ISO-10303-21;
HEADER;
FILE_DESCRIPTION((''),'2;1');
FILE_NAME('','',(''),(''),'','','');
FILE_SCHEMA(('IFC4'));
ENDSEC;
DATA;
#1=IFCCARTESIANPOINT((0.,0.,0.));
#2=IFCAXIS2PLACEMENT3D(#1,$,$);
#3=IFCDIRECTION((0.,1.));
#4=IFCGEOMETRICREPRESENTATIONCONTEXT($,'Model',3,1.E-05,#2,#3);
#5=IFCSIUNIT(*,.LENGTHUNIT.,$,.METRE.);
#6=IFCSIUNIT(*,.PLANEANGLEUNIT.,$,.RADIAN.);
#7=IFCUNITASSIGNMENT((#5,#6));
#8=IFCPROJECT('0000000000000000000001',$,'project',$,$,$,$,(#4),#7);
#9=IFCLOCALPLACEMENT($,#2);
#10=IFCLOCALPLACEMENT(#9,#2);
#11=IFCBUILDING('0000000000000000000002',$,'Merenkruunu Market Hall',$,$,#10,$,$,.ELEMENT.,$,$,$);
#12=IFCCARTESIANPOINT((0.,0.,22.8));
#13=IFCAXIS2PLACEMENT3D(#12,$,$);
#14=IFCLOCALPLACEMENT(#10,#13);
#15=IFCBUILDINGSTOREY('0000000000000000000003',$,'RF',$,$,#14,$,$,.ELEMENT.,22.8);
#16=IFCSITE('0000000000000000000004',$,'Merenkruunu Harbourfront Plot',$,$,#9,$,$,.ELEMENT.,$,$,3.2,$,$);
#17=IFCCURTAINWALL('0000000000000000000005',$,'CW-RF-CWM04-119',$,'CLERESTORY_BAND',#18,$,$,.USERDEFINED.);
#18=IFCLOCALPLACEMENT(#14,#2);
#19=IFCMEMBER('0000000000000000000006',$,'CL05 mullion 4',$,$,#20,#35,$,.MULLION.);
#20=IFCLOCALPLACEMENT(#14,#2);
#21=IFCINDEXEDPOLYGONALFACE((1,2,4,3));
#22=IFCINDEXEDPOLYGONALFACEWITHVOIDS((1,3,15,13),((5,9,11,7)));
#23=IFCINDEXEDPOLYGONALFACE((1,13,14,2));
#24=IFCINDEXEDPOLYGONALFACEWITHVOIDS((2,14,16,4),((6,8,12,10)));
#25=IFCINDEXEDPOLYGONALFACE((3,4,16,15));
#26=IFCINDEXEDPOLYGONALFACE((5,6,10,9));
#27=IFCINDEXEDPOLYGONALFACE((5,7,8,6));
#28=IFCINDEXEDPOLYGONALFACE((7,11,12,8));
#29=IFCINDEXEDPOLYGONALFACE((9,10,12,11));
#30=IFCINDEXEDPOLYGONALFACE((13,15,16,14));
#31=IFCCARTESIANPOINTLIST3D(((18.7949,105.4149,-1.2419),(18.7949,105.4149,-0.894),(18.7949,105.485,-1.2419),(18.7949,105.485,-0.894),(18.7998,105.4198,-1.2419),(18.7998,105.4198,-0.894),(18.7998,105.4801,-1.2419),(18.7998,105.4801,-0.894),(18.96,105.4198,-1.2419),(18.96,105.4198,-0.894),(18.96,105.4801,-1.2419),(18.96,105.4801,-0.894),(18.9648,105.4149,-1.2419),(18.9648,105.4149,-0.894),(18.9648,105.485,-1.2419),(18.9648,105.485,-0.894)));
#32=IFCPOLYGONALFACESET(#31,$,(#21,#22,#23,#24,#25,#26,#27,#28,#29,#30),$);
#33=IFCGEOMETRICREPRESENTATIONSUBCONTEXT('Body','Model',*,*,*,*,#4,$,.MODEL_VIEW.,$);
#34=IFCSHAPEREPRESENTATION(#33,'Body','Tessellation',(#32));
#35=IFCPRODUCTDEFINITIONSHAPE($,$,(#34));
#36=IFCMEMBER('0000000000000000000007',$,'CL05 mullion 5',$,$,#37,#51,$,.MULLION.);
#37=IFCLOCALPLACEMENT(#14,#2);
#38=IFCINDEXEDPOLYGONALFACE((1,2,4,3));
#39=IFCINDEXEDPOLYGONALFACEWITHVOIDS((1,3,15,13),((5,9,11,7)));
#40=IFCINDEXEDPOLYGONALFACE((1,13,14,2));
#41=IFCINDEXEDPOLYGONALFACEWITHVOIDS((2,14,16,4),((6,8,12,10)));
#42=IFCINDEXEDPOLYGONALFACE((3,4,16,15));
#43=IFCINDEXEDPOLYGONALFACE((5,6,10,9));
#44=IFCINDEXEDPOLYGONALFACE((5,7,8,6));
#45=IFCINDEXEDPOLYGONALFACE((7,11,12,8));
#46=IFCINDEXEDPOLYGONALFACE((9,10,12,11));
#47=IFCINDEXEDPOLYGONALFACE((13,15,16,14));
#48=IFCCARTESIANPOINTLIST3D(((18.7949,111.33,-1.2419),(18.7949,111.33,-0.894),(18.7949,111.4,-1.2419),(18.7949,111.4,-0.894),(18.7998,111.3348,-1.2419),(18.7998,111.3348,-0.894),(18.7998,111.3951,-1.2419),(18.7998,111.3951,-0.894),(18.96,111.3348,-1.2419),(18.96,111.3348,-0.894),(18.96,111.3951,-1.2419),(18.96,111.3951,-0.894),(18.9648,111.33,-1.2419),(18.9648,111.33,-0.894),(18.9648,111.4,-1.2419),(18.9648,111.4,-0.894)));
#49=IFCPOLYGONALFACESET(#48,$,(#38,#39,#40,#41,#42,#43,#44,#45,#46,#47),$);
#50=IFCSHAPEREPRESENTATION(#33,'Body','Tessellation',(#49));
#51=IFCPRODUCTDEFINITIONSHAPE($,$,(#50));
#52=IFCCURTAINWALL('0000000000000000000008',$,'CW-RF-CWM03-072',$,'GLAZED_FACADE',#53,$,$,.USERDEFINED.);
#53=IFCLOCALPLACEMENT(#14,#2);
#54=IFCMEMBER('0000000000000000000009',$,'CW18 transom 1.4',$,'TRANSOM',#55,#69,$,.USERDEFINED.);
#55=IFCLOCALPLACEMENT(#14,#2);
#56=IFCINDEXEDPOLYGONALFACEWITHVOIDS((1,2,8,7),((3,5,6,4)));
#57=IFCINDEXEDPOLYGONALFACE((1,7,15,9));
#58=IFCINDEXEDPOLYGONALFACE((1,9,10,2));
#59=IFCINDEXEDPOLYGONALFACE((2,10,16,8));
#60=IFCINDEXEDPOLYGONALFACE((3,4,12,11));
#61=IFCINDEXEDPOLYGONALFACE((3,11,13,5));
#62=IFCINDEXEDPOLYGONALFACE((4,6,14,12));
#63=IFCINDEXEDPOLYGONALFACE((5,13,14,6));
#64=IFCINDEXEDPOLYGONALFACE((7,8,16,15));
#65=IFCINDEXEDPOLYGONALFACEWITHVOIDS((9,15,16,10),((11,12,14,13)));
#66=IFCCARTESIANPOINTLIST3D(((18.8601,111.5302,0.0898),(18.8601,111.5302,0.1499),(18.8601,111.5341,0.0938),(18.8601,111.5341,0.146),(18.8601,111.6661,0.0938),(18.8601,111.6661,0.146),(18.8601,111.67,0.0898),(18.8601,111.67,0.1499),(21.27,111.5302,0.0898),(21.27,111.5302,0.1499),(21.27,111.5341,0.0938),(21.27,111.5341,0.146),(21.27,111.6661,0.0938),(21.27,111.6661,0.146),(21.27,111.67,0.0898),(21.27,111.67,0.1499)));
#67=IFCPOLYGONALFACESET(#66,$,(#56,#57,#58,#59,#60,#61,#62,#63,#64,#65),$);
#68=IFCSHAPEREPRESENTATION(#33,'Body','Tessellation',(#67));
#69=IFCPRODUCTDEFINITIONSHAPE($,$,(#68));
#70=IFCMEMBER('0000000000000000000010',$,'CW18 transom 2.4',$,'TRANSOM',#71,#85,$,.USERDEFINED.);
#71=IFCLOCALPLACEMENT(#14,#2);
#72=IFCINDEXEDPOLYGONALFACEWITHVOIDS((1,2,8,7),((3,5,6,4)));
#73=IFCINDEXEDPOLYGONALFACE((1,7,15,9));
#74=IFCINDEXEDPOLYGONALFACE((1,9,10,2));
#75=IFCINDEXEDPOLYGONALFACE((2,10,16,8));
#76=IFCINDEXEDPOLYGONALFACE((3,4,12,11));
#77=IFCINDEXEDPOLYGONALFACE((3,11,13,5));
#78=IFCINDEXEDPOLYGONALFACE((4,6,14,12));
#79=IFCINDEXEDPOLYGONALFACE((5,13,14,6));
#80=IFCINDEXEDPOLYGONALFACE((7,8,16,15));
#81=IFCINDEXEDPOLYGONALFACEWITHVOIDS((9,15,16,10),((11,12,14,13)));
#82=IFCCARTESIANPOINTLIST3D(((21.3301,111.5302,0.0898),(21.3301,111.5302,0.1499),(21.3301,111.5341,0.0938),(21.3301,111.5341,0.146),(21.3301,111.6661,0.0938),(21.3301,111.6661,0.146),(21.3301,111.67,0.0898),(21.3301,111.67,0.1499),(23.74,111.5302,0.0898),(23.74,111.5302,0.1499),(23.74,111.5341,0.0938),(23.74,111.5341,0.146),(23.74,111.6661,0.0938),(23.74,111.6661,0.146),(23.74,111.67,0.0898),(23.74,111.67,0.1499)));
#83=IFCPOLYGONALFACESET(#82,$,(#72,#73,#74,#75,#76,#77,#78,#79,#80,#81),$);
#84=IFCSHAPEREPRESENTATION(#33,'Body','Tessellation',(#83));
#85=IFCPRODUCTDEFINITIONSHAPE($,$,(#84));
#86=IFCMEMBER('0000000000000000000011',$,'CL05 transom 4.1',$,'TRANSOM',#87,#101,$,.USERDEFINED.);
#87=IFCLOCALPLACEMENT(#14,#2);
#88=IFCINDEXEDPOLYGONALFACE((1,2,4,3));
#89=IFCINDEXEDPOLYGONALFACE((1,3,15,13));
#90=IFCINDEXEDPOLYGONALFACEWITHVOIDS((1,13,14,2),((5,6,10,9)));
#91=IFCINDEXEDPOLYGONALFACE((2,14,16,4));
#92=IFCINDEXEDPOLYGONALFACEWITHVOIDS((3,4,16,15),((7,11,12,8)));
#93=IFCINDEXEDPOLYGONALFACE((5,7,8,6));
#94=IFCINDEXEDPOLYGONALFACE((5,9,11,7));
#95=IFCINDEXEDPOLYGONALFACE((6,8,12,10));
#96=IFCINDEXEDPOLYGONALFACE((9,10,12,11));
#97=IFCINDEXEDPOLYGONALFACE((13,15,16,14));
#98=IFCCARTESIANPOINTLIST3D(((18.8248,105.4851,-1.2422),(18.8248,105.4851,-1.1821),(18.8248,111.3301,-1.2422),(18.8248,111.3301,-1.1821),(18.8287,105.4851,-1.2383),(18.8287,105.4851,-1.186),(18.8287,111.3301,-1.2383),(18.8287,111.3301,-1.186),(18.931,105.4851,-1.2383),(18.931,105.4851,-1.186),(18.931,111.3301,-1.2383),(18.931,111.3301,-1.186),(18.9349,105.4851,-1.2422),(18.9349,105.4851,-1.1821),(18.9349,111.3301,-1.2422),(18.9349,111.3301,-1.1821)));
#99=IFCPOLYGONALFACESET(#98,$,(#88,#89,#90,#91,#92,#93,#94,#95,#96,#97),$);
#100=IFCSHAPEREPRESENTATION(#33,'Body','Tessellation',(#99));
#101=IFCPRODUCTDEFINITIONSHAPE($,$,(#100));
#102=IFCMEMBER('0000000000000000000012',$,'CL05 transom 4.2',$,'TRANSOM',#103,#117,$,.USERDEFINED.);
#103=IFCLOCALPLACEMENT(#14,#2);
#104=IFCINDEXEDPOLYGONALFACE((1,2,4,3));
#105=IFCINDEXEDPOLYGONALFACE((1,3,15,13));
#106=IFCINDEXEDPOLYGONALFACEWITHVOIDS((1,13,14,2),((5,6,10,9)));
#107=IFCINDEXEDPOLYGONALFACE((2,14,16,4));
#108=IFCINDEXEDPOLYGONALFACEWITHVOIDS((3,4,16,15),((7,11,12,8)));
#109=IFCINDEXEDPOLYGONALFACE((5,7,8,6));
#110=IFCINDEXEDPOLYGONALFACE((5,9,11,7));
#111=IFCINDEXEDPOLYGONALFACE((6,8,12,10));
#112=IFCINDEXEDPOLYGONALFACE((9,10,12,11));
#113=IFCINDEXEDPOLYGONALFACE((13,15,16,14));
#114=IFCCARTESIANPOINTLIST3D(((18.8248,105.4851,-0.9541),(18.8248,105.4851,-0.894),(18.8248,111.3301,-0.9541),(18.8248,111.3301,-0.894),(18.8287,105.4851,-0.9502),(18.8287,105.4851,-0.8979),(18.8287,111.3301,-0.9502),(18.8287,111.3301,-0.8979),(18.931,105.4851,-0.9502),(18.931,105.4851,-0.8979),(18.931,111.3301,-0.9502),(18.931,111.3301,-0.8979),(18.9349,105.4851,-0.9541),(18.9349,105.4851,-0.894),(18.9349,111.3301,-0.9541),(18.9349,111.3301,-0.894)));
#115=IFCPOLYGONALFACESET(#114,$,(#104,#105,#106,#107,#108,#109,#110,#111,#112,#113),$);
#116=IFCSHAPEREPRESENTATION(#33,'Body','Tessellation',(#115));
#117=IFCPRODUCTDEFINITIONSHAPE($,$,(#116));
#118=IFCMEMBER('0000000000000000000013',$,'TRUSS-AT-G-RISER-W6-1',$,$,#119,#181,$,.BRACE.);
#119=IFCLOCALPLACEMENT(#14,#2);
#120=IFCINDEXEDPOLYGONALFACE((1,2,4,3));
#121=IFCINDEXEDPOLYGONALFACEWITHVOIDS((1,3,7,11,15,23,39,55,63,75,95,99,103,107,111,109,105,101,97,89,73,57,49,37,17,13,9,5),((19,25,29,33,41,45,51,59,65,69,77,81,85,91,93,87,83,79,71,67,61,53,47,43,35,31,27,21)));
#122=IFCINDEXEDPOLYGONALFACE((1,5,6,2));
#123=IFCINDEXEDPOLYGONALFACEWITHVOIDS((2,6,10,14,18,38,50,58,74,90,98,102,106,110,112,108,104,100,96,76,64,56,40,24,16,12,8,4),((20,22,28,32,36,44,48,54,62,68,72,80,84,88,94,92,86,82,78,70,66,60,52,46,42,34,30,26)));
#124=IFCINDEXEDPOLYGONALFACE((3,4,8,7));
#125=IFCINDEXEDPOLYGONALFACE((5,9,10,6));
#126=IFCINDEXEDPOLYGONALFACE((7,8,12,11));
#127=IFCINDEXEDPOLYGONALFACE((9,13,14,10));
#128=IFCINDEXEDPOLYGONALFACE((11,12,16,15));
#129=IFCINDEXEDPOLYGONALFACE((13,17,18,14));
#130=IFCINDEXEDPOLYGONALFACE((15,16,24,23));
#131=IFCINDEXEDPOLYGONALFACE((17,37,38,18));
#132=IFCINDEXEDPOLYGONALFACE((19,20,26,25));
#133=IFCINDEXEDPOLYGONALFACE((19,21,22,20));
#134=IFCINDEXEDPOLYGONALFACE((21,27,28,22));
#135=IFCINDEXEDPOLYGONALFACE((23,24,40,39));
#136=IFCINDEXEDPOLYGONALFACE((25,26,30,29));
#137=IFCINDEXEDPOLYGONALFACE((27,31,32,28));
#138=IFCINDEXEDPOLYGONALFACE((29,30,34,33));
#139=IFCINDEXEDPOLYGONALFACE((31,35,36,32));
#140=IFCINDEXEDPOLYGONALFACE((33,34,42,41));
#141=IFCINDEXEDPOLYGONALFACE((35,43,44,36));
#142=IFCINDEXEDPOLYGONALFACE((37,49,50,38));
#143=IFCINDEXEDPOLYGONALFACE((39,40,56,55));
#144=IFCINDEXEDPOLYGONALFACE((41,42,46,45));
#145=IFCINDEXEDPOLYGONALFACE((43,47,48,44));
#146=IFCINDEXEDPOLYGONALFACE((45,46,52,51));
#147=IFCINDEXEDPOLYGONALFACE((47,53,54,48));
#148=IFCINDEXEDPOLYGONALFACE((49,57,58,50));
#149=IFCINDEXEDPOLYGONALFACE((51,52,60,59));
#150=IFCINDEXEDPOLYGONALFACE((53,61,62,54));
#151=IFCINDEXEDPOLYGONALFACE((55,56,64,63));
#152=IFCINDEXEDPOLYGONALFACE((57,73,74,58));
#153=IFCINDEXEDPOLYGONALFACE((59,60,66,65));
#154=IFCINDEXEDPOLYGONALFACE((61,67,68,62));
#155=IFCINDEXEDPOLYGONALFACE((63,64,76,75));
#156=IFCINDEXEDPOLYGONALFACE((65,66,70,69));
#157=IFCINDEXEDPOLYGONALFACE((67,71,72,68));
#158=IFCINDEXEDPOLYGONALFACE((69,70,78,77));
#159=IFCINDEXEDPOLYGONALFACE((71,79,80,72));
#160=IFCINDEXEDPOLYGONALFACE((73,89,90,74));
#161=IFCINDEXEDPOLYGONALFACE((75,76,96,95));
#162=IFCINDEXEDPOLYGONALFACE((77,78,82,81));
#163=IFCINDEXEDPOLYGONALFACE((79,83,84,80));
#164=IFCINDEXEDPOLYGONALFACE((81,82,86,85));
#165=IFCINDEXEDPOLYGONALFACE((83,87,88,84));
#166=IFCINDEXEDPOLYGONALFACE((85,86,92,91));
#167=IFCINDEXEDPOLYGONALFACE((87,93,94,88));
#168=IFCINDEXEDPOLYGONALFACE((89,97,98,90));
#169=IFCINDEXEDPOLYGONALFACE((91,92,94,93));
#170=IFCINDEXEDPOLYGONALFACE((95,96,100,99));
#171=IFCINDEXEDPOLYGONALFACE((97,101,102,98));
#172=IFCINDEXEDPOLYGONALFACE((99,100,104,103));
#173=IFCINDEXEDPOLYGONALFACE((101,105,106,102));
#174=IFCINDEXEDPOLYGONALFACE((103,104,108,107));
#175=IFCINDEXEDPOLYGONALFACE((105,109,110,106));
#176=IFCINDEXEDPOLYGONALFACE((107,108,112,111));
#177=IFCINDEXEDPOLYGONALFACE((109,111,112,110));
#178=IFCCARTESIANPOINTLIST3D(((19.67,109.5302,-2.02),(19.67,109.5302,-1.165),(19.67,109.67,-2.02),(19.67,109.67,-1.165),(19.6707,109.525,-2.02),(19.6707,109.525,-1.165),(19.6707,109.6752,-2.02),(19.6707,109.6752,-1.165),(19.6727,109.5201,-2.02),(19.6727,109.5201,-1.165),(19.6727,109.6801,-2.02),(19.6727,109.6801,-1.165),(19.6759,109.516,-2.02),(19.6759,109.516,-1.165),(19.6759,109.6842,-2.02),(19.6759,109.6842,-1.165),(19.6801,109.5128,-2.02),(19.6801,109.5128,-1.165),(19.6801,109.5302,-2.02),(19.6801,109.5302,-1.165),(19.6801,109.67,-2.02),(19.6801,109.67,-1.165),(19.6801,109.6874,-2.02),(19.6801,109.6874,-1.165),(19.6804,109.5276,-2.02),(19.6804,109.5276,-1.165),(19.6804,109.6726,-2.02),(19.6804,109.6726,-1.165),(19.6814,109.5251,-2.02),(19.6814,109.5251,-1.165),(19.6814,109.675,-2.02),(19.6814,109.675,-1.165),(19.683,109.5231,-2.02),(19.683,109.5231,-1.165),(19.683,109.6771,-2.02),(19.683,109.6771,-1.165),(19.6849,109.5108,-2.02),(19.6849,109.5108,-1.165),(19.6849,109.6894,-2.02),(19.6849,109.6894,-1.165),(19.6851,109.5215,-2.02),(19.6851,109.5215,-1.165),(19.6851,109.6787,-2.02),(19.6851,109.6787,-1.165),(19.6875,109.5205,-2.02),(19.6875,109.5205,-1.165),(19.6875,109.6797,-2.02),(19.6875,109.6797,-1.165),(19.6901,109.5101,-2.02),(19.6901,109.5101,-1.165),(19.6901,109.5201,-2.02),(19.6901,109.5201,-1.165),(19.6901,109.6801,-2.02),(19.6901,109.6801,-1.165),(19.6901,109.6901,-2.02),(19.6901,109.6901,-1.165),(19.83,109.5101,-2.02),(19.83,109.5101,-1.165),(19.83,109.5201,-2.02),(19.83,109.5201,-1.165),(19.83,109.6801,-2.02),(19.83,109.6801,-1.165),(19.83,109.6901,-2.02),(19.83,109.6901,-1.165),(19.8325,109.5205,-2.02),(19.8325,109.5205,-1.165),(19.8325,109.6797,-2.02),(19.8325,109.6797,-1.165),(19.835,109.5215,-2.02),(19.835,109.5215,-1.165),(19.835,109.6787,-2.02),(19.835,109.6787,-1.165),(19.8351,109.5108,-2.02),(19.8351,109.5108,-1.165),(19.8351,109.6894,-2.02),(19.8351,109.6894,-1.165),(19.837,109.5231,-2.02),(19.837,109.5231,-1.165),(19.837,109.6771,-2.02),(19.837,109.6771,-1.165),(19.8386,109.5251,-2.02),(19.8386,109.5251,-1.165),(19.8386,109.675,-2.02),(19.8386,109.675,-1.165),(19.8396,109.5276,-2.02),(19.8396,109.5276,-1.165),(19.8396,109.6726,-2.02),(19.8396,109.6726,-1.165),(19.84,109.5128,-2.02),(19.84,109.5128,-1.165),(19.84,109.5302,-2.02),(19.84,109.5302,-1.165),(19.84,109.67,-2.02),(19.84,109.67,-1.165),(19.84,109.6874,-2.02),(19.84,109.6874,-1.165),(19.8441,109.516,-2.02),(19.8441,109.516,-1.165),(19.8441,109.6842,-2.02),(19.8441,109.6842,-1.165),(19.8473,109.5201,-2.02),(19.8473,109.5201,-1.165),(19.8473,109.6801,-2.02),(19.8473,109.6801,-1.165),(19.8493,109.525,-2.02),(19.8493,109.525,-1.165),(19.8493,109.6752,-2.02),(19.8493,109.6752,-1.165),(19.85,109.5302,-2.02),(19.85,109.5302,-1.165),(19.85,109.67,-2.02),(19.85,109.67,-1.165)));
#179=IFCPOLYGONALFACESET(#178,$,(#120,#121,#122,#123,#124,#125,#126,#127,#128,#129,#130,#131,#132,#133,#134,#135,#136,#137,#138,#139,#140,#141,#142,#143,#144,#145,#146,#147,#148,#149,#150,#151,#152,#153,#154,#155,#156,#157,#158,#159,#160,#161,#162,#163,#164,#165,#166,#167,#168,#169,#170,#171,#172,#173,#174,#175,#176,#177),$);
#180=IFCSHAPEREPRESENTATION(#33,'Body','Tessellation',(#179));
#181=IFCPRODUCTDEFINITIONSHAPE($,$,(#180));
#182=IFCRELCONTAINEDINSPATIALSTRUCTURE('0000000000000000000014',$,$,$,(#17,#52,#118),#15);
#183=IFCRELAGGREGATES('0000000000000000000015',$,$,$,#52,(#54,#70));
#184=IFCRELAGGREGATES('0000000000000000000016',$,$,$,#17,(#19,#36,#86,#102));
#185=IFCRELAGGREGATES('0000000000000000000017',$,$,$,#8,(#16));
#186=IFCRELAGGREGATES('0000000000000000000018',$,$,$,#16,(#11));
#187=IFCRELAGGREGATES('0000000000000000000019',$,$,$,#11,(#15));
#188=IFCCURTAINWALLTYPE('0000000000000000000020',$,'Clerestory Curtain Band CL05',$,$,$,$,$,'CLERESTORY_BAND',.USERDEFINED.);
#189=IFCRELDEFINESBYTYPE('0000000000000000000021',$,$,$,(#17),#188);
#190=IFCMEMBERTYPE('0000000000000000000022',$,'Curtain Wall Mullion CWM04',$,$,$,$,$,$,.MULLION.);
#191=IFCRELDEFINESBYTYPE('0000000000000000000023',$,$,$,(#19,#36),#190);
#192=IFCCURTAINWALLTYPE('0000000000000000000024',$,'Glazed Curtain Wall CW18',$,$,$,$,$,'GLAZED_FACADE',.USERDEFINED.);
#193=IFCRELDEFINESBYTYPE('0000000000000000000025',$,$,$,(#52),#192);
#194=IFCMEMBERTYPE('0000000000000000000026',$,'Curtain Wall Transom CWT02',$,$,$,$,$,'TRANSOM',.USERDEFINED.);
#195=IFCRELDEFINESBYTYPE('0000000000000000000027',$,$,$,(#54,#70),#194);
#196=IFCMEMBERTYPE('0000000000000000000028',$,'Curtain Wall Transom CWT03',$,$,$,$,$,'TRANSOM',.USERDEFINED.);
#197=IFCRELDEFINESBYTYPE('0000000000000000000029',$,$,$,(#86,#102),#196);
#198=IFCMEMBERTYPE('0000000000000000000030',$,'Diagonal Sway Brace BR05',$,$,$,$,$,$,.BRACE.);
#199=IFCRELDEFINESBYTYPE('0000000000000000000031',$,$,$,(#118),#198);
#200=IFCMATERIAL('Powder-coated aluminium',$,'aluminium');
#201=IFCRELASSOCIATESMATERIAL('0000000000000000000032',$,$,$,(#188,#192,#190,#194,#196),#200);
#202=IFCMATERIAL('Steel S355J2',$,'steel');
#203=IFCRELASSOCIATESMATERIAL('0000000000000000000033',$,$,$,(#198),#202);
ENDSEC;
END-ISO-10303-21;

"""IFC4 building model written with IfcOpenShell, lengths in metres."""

from ifc_helpers import new_model, si_unit, direction, frame, origin, origin_2d, place, context, subcontext, project, spatial, hollow_rectangle, extrude, material, material_profile, profile_set, type_object, element, aggregate, save


model = new_model("IFC4")

# Units and contexts
model_context = context("Model", 3, precision=1e-05, world=origin(), true_north=direction((0.0, 1.0)))
body_context = subcontext(model_context, "Body", "Model", "MODEL_VIEW")
ifc_project = project(units=[si_unit("LENGTHUNIT", "METRE"), si_unit("PLANEANGLEUNIT", "RADIAN")], contexts=[model_context])

# Site, building, storey
site_placement = place(None, origin())
site = spatial("IfcSite", under=ifc_project, at=site_placement, Name="Merenkruunu Harbourfront Plot", CompositionType="ELEMENT", RefElevation=3.2)
building_placement = place(site_placement, origin())
building = spatial("IfcBuilding", under=site, at=building_placement, Name="Merenkruunu Market Hall", CompositionType="ELEMENT")
storey_placement = place(building_placement, frame((0.0, 0.0, 22.8)))
storey = spatial("IfcBuildingStorey", under=building, at=storey_placement, Name="RF", CompositionType="ELEMENT", Elevation=22.8)

# Curtain walls, members
ifc_material_1 = material(Name="Powder-coated aluminium", Category="aluminium")
curtain_wall_type_1 = type_object("IfcCurtainWallType", Name="Clerestory Curtain Band CL05", ElementType="CLERESTORY_BAND", PredefinedType="USERDEFINED", material=ifc_material_1)
curtain_wall_1_placement = place(storey_placement, origin())
curtain_wall_1 = element("IfcCurtainWall", 1, at=curtain_wall_1_placement, inside=storey, type_object=curtain_wall_type_1, Name="CW-RF-CWM04-119", ObjectType="CLERESTORY_BAND", PredefinedType="USERDEFINED")
ifc_material_profile_1 = material_profile(ifc_material_1, hollow_rectangle(XDim=0.0701, YDim=0.1699, WallThickness=0.0049, at=origin_2d()), Name="ALU 70x170x5")
ifc_profile_set_1 = profile_set([ifc_material_profile_1], Name="Powder-coated aluminium")
member_type_1 = type_object("IfcMemberType", Name="Curtain Wall Mullion CWM04", PredefinedType="MULLION", material=ifc_profile_set_1)
member_1_placement = place(storey_placement, frame((18.8799, 105.45, -1.2419), z_axis=(0.0, 0.0, 1.0), x_axis=(0.0, 1.0, 0.0)))
member_1 = element("IfcMember", 2, at=member_1_placement, type_object=member_type_1, Name="CL05 mullion 4", PredefinedType="MULLION", context=body_context, shape_type="SweptSolid", body=[
    extrude(hollow_rectangle(XDim=0.0701, YDim=0.1699, WallThickness=0.0049, at=origin_2d()), origin(), (0.0, 0.0, 1.0), 0.3479),
])
member_2_placement = place(storey_placement, frame((18.8799, 111.365, -1.2419), z_axis=(0.0, 0.0, 1.0), x_axis=(0.0, 1.0, 0.0)))
member_2 = element("IfcMember", 3, at=member_2_placement, type_object=member_type_1, Name="CL05 mullion 5", PredefinedType="MULLION", context=body_context, shape_type="SweptSolid", body=[
    extrude(hollow_rectangle(XDim=0.0701, YDim=0.1699, WallThickness=0.0049, at=origin_2d()), origin(), (0.0, 0.0, 1.0), 0.3479),
])
curtain_wall_type_2 = type_object("IfcCurtainWallType", Name="Glazed Curtain Wall CW18", ElementType="GLAZED_FACADE", PredefinedType="USERDEFINED", material=ifc_material_1)
curtain_wall_2_placement = place(storey_placement, origin())
curtain_wall_2 = element("IfcCurtainWall", 4, at=curtain_wall_2_placement, inside=storey, type_object=curtain_wall_type_2, Name="CW-RF-CWM03-072", ObjectType="GLAZED_FACADE", PredefinedType="USERDEFINED")
ifc_material_profile_2 = material_profile(ifc_material_1, hollow_rectangle(XDim=0.0601, YDim=0.1399, WallThickness=0.0039, at=origin_2d()), Name="ALU 60x140x4")
ifc_profile_set_2 = profile_set([ifc_material_profile_2], Name="Powder-coated aluminium")
member_type_2 = type_object("IfcMemberType", Name="Curtain Wall Transom CWT02", ElementType="TRANSOM", PredefinedType="USERDEFINED", material=ifc_profile_set_2)
member_3_placement = place(storey_placement, frame((18.8601, 111.6001, 0.1199), z_axis=(1.0, 0.0, 0.0), x_axis=(0.0, 0.0, 1.0)))
member_3 = element("IfcMember", 5, at=member_3_placement, type_object=member_type_2, Name="CW18 transom 1.4", ObjectType="TRANSOM", PredefinedType="USERDEFINED", context=body_context, shape_type="SweptSolid", body=[
    extrude(hollow_rectangle(XDim=0.0601, YDim=0.1399, WallThickness=0.0039, at=origin_2d()), origin(), (0.0, 0.0, 1.0), 2.4099),
])
member_4_placement = place(storey_placement, frame((21.3301, 111.6001, 0.1199), z_axis=(1.0, 0.0, 0.0), x_axis=(0.0, 0.0, 1.0)))
member_4 = element("IfcMember", 6, at=member_4_placement, type_object=member_type_2, Name="CW18 transom 2.4", ObjectType="TRANSOM", PredefinedType="USERDEFINED", context=body_context, shape_type="SweptSolid", body=[
    extrude(hollow_rectangle(XDim=0.0601, YDim=0.1399, WallThickness=0.0039, at=origin_2d()), origin(), (0.0, 0.0, 1.0), 2.4099),
])
aggregate(curtain_wall_2, [member_3, member_4])

# Members
ifc_material_profile_3 = material_profile(ifc_material_1, hollow_rectangle(XDim=0.0601, YDim=0.1101, WallThickness=0.0039, at=origin_2d()), Name="ALU 60x110x4")
ifc_profile_set_3 = profile_set([ifc_material_profile_3], Name="Powder-coated aluminium")
member_type_3 = type_object("IfcMemberType", Name="Curtain Wall Transom CWT03", ElementType="TRANSOM", PredefinedType="USERDEFINED", material=ifc_profile_set_3)
member_5_placement = place(storey_placement, frame((18.8799, 105.4851, -1.2122), z_axis=(0.0, 1.0, 0.0), x_axis=(0.0, 0.0, 1.0)))
member_5 = element("IfcMember", 7, at=member_5_placement, type_object=member_type_3, Name="CL05 transom 4.1", ObjectType="TRANSOM", PredefinedType="USERDEFINED", context=body_context, shape_type="SweptSolid", body=[
    extrude(hollow_rectangle(XDim=0.0601, YDim=0.1101, WallThickness=0.0039, at=origin_2d()), origin(), (0.0, 0.0, 1.0), 5.845),
])
member_6_placement = place(storey_placement, frame((18.8799, 105.4851, -0.9241), z_axis=(0.0, 1.0, 0.0), x_axis=(0.0, 0.0, 1.0)))
member_6 = element("IfcMember", 8, at=member_6_placement, type_object=member_type_3, Name="CL05 transom 4.2", ObjectType="TRANSOM", PredefinedType="USERDEFINED", context=body_context, shape_type="SweptSolid", body=[
    extrude(hollow_rectangle(XDim=0.0601, YDim=0.1101, WallThickness=0.0039, at=origin_2d()), origin(), (0.0, 0.0, 1.0), 5.845),
])

# Member
ifc_material_2 = material(Name="Steel S355J2", Category="steel")
ifc_material_profile_4 = material_profile(ifc_material_2, hollow_rectangle(XDim=0.1799, YDim=0.1799, WallThickness=0.01, InnerFilletRadius=0.01, OuterFilletRadius=0.02, at=origin_2d()), Name="SHS 180x180x10")
ifc_profile_set_4 = profile_set([ifc_material_profile_4], Name="Steel S355J2")
member_type_4 = type_object("IfcMemberType", Name="Diagonal Sway Brace BR05", PredefinedType="BRACE", material=ifc_profile_set_4)
member_7_placement = place(storey_placement, frame((19.76, 109.6001, -2.02), z_axis=(0.0, 0.0, 1.0), x_axis=(1.0, 0.0, 0.0)))
element("IfcMember", 9, at=member_7_placement, inside=storey, type_object=member_type_4, Name="TRUSS-AT-G-RISER-W6-1", PredefinedType="BRACE", context=body_context, shape_type="SweptSolid", body=[
    extrude(hollow_rectangle(XDim=0.1799, YDim=0.1799, WallThickness=0.01, InnerFilletRadius=0.01, OuterFilletRadius=0.02, at=origin_2d()), origin(), (0.0, 0.0, 1.0), 0.855),
])

aggregate(curtain_wall_1, [member_1, member_2, member_5, member_6])

save(model, "model.ifc")
